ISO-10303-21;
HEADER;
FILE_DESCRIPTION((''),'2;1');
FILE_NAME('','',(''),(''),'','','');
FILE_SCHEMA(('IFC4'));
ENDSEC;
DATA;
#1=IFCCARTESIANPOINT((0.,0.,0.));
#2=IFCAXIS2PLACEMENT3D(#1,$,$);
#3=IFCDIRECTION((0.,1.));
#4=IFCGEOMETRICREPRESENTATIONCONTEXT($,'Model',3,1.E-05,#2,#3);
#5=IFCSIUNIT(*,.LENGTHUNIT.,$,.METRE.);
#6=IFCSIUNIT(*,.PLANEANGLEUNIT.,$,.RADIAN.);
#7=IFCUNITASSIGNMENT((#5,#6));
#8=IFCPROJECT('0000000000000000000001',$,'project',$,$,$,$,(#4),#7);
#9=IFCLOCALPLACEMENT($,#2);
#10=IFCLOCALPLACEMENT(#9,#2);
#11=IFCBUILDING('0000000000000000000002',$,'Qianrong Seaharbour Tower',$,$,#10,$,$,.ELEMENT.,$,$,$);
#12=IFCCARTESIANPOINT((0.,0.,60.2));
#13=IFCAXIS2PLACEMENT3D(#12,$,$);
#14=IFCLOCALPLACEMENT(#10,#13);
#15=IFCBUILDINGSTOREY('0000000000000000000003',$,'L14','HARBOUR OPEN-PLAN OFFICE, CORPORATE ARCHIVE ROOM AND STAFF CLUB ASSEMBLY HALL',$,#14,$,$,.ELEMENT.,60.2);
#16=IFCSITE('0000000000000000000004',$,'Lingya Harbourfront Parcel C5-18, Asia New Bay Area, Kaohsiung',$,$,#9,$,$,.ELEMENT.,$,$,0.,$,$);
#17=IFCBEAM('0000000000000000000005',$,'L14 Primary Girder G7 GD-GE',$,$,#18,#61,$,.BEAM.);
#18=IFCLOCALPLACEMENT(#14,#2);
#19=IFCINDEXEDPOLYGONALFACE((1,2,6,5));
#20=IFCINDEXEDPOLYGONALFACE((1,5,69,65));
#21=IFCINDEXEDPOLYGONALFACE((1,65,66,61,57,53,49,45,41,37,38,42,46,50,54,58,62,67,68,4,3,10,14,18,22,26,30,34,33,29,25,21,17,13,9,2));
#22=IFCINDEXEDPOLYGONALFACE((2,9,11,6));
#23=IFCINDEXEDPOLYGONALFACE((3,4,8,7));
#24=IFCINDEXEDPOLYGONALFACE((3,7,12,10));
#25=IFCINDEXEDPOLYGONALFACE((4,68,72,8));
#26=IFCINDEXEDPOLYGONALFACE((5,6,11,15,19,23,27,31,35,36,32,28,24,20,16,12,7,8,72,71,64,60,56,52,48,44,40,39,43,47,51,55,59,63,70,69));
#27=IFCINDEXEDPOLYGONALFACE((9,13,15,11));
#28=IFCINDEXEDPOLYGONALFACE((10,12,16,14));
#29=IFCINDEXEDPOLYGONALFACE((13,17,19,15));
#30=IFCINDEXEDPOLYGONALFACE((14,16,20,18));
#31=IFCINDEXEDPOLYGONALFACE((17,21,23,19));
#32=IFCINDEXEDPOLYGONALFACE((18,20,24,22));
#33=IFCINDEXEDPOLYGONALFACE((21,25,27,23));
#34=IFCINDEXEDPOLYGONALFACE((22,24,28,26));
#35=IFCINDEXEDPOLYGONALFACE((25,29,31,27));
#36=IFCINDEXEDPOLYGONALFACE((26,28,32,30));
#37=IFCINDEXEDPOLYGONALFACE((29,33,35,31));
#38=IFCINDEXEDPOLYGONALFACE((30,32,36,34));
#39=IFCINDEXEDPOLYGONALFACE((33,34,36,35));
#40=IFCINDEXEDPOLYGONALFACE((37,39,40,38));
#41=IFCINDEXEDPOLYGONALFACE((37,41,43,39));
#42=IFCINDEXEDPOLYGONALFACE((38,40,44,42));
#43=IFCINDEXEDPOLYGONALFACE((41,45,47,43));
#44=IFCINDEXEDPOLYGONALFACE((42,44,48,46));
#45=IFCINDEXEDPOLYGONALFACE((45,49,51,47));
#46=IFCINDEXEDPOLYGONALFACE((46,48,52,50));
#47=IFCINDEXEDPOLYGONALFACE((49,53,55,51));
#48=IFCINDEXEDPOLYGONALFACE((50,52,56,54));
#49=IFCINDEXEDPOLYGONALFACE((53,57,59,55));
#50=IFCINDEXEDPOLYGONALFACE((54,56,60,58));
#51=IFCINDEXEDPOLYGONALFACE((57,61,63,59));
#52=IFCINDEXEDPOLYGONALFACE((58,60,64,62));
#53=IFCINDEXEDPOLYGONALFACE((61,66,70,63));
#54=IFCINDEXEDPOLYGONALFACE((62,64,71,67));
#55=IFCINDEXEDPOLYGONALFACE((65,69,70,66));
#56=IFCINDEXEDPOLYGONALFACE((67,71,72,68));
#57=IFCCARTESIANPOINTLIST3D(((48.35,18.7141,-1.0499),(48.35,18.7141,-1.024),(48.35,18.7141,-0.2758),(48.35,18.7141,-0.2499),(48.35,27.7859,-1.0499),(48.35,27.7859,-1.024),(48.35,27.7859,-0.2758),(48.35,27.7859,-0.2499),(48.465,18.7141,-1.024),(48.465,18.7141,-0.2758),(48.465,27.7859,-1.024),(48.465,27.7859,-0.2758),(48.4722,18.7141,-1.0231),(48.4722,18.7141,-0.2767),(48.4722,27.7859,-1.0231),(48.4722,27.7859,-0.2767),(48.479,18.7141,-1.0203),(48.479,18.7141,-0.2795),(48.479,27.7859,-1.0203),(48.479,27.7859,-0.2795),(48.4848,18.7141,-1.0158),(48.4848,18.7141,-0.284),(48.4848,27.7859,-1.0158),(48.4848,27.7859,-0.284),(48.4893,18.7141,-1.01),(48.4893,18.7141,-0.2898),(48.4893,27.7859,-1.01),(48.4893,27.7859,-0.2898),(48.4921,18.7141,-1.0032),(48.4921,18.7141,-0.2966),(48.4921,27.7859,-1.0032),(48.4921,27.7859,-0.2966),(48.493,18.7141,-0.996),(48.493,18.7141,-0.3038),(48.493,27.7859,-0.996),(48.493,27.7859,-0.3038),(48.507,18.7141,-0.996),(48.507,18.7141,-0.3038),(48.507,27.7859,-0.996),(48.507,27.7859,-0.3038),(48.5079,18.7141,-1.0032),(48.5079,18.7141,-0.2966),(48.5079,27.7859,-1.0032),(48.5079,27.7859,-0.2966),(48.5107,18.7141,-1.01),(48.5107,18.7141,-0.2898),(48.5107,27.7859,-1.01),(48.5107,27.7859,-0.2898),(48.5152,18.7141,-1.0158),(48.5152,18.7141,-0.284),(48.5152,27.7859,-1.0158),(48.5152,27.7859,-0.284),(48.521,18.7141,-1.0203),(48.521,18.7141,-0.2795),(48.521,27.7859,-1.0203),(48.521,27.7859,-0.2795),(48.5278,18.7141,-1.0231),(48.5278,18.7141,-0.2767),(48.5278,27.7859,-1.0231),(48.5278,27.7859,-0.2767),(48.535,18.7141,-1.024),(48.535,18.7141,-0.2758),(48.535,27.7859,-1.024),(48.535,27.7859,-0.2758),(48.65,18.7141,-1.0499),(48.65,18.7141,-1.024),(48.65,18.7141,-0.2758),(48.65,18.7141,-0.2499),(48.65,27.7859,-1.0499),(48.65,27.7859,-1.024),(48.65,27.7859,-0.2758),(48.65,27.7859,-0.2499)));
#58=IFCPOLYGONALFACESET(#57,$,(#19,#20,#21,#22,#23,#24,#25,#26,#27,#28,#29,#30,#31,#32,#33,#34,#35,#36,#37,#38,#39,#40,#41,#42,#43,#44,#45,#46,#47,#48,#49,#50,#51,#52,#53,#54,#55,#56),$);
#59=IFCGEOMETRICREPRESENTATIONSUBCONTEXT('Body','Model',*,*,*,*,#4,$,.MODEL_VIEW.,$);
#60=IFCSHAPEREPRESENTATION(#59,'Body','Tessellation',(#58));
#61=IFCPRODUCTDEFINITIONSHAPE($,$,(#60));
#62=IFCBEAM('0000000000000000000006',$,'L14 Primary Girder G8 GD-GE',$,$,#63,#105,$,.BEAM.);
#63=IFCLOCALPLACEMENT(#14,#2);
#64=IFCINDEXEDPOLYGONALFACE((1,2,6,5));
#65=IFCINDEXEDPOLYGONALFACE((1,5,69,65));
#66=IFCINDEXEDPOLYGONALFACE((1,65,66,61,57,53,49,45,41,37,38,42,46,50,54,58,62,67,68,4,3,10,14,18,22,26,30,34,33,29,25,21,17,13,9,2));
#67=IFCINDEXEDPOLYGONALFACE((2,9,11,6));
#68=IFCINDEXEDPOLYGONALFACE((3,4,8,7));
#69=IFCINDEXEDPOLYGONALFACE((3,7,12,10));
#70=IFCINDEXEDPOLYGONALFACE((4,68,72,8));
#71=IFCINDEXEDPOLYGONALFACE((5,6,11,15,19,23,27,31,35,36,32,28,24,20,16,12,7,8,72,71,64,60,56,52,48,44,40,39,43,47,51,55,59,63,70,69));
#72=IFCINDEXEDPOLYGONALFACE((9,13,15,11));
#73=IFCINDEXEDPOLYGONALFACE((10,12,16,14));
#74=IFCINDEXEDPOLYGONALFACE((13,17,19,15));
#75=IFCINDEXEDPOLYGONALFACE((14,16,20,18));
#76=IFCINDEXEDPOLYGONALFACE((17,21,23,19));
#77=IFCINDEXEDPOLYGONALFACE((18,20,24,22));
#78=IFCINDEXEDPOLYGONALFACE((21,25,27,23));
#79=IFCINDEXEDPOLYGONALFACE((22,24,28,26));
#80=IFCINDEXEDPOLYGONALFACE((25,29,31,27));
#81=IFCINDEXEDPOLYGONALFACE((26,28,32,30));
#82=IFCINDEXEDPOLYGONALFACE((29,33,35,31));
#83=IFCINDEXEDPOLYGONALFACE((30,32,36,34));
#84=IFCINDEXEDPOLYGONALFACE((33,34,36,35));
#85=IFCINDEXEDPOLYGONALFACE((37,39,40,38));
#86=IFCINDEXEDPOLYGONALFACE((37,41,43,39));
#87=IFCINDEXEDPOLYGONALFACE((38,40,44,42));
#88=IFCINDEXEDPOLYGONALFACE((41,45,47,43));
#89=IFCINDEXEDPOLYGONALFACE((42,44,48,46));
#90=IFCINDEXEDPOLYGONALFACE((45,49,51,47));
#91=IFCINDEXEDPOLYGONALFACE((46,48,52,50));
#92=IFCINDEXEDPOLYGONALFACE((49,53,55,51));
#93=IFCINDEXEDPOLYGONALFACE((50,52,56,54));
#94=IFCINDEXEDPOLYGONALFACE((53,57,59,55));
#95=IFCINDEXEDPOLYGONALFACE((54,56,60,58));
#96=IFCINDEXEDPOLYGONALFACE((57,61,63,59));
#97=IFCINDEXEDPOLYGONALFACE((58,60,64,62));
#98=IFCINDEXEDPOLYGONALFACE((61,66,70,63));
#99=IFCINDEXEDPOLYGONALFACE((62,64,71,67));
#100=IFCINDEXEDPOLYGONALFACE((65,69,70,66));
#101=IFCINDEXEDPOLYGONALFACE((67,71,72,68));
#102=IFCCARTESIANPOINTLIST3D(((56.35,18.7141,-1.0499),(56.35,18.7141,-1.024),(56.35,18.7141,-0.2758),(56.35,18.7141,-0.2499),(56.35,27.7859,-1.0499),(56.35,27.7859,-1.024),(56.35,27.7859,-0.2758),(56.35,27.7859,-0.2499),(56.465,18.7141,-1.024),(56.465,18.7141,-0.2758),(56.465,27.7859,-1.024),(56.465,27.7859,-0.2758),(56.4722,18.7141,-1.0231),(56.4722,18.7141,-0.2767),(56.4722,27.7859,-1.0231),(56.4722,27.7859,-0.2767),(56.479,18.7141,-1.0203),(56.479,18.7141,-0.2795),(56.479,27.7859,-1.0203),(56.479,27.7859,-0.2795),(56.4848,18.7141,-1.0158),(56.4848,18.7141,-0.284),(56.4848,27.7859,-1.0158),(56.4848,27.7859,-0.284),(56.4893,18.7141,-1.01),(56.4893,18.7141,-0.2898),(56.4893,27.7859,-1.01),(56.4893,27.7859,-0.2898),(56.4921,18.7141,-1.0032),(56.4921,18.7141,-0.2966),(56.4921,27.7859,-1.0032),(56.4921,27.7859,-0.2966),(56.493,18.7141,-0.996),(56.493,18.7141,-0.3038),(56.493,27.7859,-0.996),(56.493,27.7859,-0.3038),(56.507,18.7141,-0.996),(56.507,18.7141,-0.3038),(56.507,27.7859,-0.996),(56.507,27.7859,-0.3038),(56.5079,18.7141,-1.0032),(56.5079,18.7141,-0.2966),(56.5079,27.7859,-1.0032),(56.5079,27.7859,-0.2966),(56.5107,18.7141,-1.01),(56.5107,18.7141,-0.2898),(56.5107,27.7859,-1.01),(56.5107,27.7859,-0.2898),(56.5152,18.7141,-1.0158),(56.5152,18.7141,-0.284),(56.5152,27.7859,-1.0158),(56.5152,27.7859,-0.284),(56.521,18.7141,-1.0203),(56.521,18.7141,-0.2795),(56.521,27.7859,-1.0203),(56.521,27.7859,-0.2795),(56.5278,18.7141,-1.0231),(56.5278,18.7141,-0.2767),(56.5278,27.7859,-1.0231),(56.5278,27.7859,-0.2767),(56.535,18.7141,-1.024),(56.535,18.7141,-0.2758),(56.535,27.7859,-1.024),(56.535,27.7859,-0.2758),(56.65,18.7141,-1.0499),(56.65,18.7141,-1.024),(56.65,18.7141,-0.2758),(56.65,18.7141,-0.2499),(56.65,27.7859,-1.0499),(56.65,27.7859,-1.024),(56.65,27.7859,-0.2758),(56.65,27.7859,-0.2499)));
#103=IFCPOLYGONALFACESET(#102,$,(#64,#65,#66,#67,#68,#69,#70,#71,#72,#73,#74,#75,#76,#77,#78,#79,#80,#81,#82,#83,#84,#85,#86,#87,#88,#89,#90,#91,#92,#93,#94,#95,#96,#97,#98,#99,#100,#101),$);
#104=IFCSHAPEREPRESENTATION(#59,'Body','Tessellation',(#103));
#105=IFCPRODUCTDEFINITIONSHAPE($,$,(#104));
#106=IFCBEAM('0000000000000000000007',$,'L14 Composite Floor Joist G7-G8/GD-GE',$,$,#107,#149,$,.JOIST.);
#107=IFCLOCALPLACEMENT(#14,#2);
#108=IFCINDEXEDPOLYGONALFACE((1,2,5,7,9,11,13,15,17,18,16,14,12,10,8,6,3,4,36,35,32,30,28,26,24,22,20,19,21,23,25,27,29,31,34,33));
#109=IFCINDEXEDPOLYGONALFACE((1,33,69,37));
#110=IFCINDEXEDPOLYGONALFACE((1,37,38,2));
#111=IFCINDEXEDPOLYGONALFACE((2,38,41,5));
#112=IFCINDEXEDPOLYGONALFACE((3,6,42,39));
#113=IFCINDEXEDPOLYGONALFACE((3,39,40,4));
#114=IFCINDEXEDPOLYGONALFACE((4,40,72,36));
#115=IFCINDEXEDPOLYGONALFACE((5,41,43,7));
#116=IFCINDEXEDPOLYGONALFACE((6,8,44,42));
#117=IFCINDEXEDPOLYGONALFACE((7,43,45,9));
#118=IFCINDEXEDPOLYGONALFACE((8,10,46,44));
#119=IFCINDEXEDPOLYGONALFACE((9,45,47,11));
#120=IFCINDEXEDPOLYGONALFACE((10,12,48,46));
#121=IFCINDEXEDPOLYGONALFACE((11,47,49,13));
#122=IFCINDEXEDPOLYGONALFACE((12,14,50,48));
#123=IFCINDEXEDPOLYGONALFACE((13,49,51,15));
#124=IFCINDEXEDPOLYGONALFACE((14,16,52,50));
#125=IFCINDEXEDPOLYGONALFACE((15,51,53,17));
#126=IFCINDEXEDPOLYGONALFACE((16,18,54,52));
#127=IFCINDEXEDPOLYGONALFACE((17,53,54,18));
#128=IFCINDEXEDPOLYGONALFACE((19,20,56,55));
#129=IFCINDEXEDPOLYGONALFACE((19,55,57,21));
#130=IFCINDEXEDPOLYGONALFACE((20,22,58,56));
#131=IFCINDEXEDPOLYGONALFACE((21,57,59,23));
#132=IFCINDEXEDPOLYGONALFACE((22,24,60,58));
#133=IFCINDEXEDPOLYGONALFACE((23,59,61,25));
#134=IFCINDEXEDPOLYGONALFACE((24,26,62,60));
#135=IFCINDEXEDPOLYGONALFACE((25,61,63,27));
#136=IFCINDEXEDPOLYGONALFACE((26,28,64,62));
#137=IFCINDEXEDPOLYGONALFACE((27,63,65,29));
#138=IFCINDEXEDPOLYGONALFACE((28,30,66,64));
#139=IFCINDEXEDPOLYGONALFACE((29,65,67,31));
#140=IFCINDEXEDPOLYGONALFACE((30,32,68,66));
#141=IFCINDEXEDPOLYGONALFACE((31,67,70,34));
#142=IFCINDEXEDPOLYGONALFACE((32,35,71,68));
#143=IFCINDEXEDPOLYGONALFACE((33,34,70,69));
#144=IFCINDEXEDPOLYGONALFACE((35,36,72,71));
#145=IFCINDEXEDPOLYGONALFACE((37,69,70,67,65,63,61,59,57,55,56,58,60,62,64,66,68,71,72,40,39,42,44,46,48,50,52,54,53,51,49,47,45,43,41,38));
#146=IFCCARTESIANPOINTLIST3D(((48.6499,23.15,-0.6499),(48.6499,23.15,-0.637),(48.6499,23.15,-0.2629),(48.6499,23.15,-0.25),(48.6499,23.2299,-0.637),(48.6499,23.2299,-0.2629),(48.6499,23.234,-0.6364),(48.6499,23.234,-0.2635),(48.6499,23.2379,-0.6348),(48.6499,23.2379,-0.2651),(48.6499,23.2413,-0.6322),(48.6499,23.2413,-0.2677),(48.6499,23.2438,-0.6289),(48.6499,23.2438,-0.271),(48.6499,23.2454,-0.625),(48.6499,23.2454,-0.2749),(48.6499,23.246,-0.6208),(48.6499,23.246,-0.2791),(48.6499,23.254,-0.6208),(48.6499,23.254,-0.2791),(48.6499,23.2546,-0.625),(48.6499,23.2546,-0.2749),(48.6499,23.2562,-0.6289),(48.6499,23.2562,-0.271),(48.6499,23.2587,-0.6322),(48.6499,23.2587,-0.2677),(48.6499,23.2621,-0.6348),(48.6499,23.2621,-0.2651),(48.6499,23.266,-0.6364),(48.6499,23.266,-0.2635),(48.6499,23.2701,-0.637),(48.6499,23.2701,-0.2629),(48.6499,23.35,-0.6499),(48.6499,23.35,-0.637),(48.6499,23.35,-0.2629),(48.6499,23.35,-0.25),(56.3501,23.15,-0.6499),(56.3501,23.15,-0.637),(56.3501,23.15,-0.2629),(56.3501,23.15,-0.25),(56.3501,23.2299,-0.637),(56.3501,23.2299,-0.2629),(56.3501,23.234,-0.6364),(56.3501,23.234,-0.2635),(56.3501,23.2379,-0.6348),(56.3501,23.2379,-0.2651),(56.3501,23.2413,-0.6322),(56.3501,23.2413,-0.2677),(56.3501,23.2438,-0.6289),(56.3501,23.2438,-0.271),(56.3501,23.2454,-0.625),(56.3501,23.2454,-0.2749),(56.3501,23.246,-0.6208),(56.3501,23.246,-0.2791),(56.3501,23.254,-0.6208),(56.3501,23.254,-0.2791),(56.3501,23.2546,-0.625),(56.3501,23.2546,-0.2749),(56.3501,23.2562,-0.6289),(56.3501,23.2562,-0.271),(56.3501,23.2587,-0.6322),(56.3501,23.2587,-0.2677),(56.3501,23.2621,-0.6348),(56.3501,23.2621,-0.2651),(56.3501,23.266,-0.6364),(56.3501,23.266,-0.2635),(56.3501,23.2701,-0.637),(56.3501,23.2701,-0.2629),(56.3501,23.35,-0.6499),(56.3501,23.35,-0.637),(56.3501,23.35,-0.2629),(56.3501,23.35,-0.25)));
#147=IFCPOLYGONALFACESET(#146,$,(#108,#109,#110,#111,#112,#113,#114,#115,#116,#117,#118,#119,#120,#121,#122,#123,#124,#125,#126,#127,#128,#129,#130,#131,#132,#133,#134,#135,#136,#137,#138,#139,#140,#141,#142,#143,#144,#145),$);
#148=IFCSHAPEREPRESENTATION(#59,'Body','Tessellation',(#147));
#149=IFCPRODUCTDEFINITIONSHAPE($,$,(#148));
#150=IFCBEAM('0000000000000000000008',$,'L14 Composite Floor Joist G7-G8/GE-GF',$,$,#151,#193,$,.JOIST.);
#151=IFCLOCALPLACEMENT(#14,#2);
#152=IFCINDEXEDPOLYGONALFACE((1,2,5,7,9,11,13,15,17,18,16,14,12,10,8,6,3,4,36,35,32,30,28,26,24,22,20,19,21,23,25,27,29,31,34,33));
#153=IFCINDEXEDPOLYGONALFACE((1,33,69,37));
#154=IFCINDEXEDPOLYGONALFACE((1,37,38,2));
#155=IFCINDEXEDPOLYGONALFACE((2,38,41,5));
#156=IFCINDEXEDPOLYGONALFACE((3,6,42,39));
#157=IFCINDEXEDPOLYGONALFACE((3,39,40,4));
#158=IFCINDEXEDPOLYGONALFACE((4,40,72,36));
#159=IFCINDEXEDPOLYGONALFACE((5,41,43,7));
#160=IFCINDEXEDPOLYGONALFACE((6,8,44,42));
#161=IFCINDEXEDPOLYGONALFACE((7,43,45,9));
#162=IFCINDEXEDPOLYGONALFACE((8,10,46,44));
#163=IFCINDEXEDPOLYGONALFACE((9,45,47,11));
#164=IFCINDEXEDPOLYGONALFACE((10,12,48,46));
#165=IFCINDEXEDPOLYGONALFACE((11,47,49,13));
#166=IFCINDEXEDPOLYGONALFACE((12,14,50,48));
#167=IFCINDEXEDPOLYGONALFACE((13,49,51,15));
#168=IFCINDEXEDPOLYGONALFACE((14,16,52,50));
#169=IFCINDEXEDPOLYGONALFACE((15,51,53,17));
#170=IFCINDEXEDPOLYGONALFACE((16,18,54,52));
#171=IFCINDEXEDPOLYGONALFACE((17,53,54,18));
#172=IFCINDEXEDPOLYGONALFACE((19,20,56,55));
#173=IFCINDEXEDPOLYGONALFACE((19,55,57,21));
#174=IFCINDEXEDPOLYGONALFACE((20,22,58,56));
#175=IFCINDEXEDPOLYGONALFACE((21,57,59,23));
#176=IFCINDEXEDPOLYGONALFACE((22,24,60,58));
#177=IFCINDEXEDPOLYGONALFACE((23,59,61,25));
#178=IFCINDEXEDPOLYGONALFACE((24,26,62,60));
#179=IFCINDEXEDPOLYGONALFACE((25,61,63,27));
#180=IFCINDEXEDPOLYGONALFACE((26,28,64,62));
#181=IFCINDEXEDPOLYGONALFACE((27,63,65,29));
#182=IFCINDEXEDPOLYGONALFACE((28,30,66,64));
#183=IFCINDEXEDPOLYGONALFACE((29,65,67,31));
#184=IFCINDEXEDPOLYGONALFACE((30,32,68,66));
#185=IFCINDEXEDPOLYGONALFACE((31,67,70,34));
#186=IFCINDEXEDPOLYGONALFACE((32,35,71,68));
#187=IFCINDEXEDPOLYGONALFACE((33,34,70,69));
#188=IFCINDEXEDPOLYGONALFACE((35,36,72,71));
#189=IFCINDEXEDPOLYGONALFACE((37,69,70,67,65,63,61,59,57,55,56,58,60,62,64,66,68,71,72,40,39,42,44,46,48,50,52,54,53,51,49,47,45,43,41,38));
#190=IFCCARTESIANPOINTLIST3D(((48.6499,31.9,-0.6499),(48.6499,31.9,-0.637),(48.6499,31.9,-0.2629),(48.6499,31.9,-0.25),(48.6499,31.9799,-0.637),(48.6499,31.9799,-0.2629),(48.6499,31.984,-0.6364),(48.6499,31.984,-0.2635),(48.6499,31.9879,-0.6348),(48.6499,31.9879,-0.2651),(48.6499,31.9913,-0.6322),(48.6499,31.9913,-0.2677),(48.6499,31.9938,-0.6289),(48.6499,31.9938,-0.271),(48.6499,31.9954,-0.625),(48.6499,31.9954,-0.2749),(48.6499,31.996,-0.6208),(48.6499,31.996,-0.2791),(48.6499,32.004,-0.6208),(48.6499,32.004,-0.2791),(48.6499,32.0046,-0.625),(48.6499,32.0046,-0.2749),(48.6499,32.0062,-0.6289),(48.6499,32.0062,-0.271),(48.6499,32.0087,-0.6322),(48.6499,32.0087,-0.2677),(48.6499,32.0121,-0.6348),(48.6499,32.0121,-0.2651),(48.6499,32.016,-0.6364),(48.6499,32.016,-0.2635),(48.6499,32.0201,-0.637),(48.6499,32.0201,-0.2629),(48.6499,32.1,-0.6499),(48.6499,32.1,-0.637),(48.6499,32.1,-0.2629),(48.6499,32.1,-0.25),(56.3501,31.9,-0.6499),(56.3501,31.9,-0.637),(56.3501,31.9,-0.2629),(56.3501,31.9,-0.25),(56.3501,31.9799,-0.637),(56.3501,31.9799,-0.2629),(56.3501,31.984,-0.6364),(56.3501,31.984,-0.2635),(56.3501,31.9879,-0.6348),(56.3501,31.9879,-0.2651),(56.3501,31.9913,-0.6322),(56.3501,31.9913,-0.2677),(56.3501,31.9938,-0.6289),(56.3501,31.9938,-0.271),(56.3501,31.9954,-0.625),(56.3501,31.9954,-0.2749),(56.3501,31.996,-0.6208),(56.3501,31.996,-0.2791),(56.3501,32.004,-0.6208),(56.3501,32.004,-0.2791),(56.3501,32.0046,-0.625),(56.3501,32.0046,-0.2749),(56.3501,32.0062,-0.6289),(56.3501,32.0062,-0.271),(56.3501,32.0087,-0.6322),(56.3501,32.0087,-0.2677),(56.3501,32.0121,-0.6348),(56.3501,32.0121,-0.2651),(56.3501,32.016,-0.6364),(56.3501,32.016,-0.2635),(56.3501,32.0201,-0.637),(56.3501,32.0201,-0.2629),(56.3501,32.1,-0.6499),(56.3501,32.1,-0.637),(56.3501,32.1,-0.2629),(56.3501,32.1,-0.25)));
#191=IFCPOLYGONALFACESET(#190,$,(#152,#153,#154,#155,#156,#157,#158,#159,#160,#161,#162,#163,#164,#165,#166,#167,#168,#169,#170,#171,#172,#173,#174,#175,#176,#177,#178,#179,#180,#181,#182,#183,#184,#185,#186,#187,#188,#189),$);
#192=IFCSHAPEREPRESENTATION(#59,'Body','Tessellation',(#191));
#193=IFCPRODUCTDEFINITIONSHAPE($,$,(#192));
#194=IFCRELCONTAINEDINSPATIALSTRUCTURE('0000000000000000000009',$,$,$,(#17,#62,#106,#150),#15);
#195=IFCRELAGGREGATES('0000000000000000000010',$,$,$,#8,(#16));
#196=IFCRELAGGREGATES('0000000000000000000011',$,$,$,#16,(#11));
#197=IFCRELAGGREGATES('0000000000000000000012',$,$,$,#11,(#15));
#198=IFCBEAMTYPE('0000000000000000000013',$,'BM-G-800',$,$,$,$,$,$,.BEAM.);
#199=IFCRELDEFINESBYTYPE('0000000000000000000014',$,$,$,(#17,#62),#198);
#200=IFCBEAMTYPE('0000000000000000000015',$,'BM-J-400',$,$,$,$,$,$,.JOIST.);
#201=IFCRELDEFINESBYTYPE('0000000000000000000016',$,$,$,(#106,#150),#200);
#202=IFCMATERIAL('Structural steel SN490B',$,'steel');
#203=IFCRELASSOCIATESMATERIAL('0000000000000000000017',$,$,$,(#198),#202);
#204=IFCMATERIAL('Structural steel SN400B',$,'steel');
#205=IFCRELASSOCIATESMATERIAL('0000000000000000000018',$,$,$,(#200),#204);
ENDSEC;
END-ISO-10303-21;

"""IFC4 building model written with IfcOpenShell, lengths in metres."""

from ifc_helpers import new_model, si_unit, direction, frame, origin, origin_2d, place, context, subcontext, project, spatial, i_section, extrude, material, material_profile, profile_set, type_object, element, save


model = new_model("IFC4")

# Units and contexts
model_context = context("Model", 3, precision=1e-05, world=origin(), true_north=direction((0.0, 1.0)))
body_context = subcontext(model_context, "Body", "Model", "MODEL_VIEW")
ifc_project = project(units=[si_unit("LENGTHUNIT", "METRE"), si_unit("PLANEANGLEUNIT", "RADIAN")], contexts=[model_context])

# Site, building, storey
site_placement = place(None, origin())
site = spatial("IfcSite", under=ifc_project, at=site_placement, Name="Lingya Harbourfront Parcel C5-18, Asia New Bay Area, Kaohsiung", CompositionType="ELEMENT", RefElevation=0.0)
building_placement = place(site_placement, origin())
building = spatial("IfcBuilding", under=site, at=building_placement, Name="Qianrong Seaharbour Tower", CompositionType="ELEMENT")
storey_placement = place(building_placement, frame((0.0, 0.0, 60.2)))
storey = spatial("IfcBuildingStorey", under=building, at=storey_placement, Name="L14", Description="HARBOUR OPEN-PLAN OFFICE, CORPORATE ARCHIVE ROOM AND STAFF CLUB ASSEMBLY HALL", CompositionType="ELEMENT", Elevation=60.2)

# Shared definitions
ifc_material_1 = material(Name="Structural steel SN490B", Category="steel")

# Beams
ifc_material_profile_1 = material_profile(ifc_material_1, i_section(OverallWidth=0.3, OverallDepth=0.8, WebThickness=0.0139, FlangeThickness=0.0259, FilletRadius=0.0281, at=origin_2d()), Name="H800x300x14x26")
ifc_profile_set_1 = profile_set([ifc_material_profile_1], Name="Structural steel SN490B")
beam_type_1 = type_object("IfcBeamType", Name="BM-G-800", PredefinedType="BEAM", material=ifc_profile_set_1)
for number, where, z_axis, x_axis, name in (
    (1, (48.5, 18.7141, -0.6499), (0.0, 1.0, 0.0), (-1.0, 0.0, 0.0), "L14 Primary Girder G7 GD-GE"),
    (2, (56.5, 18.7141, -0.6499), (0.0, 1.0, 0.0), (-1.0, 0.0, 0.0), "L14 Primary Girder G8 GD-GE"),
):
    element("IfcBeam", number, at=place(storey_placement, frame(where, z_axis=z_axis, x_axis=x_axis)), inside=storey, type_object=beam_type_1, Name=name, PredefinedType="BEAM", context=body_context, shape_type="SweptSolid", body=[
        extrude(i_section(OverallWidth=0.3, OverallDepth=0.8, WebThickness=0.0139, FlangeThickness=0.0259, FilletRadius=0.0281, at=origin_2d()), origin(), (0.0, 0.0, 1.0), 9.0718),
    ])
ifc_material_2 = material(Name="Structural steel SN400B", Category="steel")
ifc_material_profile_2 = material_profile(ifc_material_2, i_section(OverallWidth=0.2, OverallDepth=0.3999, WebThickness=0.0081, FlangeThickness=0.0129, FilletRadius=0.0161, at=origin_2d()), Name="H400x200x8x13")
ifc_profile_set_2 = profile_set([ifc_material_profile_2], Name="Structural steel SN400B")
beam_type_2 = type_object("IfcBeamType", Name="BM-J-400", PredefinedType="JOIST", material=ifc_profile_set_2)
for number, where, z_axis, x_axis, name in (
    (3, (48.6499, 23.25, -0.45), (1.0, 0.0, 0.0), (0.0, 1.0, 0.0), "L14 Composite Floor Joist G7-G8/GD-GE"),
    (4, (48.6499, 32.0, -0.45), (1.0, 0.0, 0.0), (0.0, 1.0, 0.0), "L14 Composite Floor Joist G7-G8/GE-GF"),
):
    element("IfcBeam", number, at=place(storey_placement, frame(where, z_axis=z_axis, x_axis=x_axis)), inside=storey, type_object=beam_type_2, Name=name, PredefinedType="JOIST", context=body_context, shape_type="SweptSolid", body=[
        extrude(i_section(OverallWidth=0.2, OverallDepth=0.3999, WebThickness=0.0081, FlangeThickness=0.0129, FilletRadius=0.0161, at=origin_2d()), origin(), (0.0, 0.0, 1.0), 7.7002),
    ])

save(model, "model.ifc")
